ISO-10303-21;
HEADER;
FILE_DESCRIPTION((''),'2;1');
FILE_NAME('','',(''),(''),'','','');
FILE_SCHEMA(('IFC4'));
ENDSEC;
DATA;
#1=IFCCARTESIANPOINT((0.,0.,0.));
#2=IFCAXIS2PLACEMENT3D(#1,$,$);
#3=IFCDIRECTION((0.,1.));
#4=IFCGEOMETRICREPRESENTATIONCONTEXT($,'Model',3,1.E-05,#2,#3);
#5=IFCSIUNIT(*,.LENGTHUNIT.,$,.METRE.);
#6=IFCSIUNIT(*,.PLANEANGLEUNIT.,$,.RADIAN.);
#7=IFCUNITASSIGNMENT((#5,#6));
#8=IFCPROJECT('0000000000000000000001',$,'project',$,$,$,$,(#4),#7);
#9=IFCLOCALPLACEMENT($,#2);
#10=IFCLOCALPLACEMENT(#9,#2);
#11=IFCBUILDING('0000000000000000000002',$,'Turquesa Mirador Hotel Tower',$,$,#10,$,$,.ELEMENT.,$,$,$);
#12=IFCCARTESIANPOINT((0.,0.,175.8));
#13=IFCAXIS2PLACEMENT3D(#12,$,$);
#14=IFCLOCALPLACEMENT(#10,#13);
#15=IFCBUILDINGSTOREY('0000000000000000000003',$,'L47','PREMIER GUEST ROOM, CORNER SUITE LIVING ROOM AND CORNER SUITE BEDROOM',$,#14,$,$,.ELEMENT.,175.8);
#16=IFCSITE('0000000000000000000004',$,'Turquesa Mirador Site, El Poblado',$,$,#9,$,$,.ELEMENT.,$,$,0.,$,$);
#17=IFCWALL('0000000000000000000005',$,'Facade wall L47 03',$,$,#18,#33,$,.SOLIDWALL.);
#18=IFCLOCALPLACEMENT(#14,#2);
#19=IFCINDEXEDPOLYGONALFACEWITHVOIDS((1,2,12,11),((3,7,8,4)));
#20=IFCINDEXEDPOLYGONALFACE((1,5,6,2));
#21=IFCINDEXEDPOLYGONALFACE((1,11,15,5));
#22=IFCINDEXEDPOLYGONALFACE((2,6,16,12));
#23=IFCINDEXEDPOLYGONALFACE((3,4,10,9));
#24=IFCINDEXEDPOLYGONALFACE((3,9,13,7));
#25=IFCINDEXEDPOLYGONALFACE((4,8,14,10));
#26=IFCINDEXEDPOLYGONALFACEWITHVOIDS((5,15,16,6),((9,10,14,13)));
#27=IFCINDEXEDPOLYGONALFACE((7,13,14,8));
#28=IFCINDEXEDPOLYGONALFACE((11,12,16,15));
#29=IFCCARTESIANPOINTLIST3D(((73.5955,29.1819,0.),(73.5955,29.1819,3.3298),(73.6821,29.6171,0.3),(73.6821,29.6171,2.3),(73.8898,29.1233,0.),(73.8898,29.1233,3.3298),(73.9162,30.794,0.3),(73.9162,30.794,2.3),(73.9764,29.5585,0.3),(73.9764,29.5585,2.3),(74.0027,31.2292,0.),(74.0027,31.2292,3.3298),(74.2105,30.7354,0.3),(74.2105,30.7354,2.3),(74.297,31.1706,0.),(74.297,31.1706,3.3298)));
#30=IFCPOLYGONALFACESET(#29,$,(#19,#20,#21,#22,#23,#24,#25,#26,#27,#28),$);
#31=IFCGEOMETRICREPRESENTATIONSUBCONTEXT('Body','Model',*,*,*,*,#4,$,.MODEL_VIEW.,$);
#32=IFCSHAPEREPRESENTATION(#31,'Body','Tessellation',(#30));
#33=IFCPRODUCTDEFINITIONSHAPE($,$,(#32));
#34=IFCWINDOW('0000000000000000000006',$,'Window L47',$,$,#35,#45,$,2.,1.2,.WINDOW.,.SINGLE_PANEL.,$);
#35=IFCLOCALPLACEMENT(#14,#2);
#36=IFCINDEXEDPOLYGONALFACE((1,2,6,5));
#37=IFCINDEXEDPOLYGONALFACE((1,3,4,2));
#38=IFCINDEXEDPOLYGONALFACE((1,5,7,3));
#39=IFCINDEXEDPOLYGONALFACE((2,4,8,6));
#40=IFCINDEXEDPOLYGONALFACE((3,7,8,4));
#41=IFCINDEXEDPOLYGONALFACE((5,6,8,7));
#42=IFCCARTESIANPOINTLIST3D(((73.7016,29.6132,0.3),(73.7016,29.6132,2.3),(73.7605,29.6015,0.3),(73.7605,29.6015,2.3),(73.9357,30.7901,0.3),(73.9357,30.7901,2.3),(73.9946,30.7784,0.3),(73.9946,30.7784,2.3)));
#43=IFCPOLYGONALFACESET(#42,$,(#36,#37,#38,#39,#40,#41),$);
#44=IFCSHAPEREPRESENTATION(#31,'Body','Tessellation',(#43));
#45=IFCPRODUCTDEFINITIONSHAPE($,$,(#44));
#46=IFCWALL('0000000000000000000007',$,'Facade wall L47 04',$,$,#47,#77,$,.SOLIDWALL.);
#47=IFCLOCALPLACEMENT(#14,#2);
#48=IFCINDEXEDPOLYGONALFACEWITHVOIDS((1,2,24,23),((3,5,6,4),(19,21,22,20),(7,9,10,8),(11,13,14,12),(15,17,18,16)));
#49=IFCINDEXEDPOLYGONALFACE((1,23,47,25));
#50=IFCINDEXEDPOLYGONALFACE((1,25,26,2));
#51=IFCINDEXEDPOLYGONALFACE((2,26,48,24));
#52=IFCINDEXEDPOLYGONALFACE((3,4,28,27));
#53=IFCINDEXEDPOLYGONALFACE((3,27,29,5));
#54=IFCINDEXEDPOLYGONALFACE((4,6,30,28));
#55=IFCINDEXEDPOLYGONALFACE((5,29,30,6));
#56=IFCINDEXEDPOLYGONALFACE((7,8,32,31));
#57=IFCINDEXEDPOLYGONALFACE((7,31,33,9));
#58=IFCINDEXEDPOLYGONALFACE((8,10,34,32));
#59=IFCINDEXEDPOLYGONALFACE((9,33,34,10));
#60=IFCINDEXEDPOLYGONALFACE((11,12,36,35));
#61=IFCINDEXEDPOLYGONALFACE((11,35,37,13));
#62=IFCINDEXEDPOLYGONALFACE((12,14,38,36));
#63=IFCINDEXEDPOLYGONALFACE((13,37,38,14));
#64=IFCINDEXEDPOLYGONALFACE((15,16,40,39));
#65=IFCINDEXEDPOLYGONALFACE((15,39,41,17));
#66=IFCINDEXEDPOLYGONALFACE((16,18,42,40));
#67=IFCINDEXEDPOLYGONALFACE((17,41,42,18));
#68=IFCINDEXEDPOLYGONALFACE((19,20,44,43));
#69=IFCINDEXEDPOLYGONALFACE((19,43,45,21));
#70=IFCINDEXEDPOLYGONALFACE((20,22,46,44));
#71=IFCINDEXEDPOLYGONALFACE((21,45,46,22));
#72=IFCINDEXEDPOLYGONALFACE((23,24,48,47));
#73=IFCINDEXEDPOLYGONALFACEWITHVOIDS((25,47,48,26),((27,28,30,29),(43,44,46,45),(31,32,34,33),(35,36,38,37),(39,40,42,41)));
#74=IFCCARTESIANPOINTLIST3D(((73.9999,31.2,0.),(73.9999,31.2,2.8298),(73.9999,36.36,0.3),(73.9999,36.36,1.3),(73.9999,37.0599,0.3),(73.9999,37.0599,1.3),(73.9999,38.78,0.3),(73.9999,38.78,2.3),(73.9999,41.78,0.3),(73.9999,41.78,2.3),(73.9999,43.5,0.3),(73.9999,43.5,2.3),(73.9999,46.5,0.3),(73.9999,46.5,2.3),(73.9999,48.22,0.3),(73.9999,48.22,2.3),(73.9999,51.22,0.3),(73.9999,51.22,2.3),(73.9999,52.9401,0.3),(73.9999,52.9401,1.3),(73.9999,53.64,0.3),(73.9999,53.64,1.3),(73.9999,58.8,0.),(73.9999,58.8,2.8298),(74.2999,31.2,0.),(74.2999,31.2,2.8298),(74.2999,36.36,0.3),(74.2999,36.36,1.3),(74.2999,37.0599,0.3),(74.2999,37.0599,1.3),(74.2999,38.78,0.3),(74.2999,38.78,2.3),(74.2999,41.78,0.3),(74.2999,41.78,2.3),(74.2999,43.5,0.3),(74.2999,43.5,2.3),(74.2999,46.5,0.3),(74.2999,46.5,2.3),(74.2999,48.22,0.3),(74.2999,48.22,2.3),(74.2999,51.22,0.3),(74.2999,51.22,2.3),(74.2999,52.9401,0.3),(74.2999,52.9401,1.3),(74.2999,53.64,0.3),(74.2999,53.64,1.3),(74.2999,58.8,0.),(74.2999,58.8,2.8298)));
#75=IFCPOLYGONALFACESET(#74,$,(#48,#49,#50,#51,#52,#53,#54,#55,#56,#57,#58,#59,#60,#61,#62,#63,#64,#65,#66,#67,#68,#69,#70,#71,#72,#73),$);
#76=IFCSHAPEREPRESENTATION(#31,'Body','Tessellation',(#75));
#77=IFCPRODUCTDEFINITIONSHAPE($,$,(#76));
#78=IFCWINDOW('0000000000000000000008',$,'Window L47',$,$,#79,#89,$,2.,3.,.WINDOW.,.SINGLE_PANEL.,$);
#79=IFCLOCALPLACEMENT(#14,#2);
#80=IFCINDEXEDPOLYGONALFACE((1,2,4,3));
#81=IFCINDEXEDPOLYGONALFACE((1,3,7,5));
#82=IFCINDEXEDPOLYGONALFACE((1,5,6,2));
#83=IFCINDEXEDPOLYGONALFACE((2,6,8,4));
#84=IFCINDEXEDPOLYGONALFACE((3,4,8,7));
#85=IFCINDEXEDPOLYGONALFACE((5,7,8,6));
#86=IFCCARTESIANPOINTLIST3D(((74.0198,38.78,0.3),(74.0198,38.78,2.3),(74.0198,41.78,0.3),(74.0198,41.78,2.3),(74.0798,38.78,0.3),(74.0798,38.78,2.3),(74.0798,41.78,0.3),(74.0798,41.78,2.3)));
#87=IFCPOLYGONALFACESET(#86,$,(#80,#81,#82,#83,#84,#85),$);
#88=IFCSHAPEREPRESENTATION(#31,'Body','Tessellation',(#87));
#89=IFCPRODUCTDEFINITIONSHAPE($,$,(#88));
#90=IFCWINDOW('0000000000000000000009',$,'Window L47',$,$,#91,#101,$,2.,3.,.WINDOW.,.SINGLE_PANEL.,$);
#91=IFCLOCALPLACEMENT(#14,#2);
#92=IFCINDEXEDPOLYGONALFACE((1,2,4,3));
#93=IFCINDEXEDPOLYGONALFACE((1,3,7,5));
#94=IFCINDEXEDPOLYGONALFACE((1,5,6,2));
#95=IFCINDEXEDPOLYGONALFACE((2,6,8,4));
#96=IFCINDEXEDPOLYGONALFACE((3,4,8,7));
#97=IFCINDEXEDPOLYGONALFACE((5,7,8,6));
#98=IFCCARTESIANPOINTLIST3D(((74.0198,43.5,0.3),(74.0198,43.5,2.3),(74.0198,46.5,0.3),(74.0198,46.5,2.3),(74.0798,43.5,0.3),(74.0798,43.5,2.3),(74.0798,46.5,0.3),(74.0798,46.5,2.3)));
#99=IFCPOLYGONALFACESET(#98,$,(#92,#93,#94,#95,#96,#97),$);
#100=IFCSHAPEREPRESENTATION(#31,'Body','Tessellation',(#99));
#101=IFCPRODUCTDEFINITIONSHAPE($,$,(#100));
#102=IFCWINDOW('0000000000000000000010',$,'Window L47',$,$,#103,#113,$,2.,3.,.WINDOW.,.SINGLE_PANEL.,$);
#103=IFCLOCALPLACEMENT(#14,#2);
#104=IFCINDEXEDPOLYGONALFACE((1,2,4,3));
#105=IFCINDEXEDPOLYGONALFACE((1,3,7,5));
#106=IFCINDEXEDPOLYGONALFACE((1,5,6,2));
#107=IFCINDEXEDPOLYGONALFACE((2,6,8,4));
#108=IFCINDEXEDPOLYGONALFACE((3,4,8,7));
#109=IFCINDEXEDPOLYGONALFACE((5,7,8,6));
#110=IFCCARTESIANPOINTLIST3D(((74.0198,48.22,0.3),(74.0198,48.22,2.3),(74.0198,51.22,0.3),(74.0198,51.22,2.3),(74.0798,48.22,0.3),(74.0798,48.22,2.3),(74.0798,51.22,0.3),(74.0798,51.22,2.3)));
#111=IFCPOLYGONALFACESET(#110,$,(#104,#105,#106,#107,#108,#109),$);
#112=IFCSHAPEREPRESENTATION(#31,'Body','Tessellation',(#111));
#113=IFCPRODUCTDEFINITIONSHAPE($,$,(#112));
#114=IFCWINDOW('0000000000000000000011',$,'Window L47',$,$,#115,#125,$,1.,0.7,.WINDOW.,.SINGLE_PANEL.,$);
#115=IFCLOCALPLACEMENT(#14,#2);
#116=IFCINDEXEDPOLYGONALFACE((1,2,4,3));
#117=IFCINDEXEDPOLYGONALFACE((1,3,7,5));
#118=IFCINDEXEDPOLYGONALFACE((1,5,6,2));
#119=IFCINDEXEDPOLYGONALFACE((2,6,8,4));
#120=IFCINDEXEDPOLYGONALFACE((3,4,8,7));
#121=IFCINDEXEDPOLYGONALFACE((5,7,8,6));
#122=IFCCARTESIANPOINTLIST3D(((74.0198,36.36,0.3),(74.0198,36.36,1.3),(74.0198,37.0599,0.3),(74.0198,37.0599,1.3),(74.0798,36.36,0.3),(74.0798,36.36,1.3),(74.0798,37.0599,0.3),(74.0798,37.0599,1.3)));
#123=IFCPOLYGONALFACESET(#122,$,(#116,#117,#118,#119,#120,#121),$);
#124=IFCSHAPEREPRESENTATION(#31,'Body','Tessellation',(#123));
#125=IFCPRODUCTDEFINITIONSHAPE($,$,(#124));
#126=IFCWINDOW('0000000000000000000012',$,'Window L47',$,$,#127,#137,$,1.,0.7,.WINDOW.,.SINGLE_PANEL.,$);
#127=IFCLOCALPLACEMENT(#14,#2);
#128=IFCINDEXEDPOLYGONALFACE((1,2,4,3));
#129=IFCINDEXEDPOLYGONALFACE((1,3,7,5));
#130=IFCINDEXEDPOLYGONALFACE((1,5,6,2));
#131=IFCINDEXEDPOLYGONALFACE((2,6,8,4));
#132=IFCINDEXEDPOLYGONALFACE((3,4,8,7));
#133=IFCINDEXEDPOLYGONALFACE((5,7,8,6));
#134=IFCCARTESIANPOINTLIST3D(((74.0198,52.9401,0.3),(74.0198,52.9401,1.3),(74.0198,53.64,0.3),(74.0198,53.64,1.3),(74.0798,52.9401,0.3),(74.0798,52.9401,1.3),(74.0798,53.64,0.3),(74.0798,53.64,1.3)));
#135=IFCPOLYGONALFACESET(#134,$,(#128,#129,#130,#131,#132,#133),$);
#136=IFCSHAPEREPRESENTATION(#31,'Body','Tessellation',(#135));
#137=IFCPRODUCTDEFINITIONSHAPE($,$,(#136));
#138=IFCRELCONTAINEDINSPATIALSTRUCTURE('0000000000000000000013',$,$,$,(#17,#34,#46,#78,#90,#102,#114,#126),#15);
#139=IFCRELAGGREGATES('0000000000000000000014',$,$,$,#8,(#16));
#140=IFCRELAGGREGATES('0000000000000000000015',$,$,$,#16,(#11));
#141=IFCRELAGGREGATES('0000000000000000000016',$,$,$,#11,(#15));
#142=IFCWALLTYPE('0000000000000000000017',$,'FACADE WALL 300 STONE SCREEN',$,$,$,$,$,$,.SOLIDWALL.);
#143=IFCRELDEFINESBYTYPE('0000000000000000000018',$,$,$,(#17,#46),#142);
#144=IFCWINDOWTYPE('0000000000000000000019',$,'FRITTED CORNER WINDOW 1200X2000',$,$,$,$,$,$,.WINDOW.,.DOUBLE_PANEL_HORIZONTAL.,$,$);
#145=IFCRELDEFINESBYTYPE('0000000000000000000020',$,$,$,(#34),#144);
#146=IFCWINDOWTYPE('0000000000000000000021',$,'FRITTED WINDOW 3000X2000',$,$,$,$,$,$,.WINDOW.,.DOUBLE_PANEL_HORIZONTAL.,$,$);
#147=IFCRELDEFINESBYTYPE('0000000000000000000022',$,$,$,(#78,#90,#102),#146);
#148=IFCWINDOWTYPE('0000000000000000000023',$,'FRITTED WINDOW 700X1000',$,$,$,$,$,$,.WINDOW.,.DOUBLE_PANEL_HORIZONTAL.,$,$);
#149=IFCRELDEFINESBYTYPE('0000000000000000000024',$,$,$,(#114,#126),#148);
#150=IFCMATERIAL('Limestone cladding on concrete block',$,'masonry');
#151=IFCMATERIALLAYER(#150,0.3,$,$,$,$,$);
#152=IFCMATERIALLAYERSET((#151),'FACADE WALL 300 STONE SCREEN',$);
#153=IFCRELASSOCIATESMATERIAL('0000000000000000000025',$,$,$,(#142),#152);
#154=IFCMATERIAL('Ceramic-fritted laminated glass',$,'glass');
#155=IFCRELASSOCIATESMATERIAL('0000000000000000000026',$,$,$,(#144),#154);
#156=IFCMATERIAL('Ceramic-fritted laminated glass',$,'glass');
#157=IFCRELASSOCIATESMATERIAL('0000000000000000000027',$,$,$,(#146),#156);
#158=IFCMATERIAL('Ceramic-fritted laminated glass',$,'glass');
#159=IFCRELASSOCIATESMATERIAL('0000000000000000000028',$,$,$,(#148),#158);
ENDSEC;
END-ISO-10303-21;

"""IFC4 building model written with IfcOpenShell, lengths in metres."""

from ifc_helpers import new_model, si_unit, direction, frame, frame_2d, origin, place, context, subcontext, project, spatial, rectangle, extrude, material, layer, layer_set, type_object, element, fill, save


model = new_model("IFC4")

# Units and contexts
model_context = context("Model", 3, precision=1e-05, world=origin(), true_north=direction((0.0, 1.0)))
body_context = subcontext(model_context, "Body", "Model", "MODEL_VIEW")
ifc_project = project(units=[si_unit("LENGTHUNIT", "METRE"), si_unit("PLANEANGLEUNIT", "RADIAN")], contexts=[model_context])

# Site, building, storey
site_placement = place(None, origin())
site = spatial("IfcSite", under=ifc_project, at=site_placement, Name="Turquesa Mirador Site, El Poblado", CompositionType="ELEMENT", RefElevation=0.0)
building_placement = place(site_placement, origin())
building = spatial("IfcBuilding", under=site, at=building_placement, Name="Turquesa Mirador Hotel Tower", CompositionType="ELEMENT")
storey_placement = place(building_placement, frame((0.0, 0.0, 175.8)))
storey = spatial("IfcBuildingStorey", under=building, at=storey_placement, Name="L47", Description="PREMIER GUEST ROOM, CORNER SUITE LIVING ROOM AND CORNER SUITE BEDROOM", CompositionType="ELEMENT", Elevation=175.8)

# Wall, opening, window
ifc_material_1 = material(Name="Limestone cladding on concrete block", Category="masonry")
ifc_layer_1 = layer(ifc_material_1, 0.3)
ifc_layer_set_1 = layer_set([ifc_layer_1], Name="FACADE WALL 300 STONE SCREEN")
wall_type_1 = type_object("IfcWallType", Name="FACADE WALL 300 STONE SCREEN", PredefinedType="SOLIDWALL", material=ifc_layer_set_1)
ifc_material_2 = material(Name="Ceramic-fritted laminated glass", Category="glass")
window_type_1 = type_object("IfcWindowType", Name="FRITTED CORNER WINDOW 1200X2000", PartitioningType="DOUBLE_PANEL_HORIZONTAL", PredefinedType="WINDOW", material=ifc_material_2)
wall_1_placement = place(storey_placement, frame((73.7427, 29.1526, 0.0), z_axis=(0.0, 0.0, 1.0), x_axis=(0.195081, 0.980787, 0.0)))
wall_1 = element("IfcWall", 1, at=wall_1_placement, inside=storey, type_object=wall_type_1, Name="Facade wall L47 03", PredefinedType="SOLIDWALL", context=body_context, shape_type="SweptSolid", body=[
    extrude(rectangle(XDim=2.0874, YDim=0.3, at=frame_2d((1.0437, 0.0))), origin(), (0.0, 0.0, 1.0), 3.3298),
])
opening_1_placement = place(wall_1_placement, frame((0.4436, 0.0, 0.3)))
opening_1 = element("IfcOpeningElement", 2, at=opening_1_placement, cuts=wall_1, PredefinedType="OPENING", context=body_context, shape_type="SweptSolid", body=[
    extrude(rectangle(XDim=1.2, YDim=2.0, at=frame_2d((0.6001, 1.0))), frame((0.0, 0.1599, 0.0), z_axis=(0.0, -1.0, 0.0), x_axis=(1.0, 0.0, 0.0)), (0.0, 0.0, 1.0), 0.3201),
])
window_1_placement = place(opening_1_placement, origin())
window_1 = element("IfcWindow", 3, at=window_1_placement, inside=storey, type_object=window_type_1, Name="Window L47", OverallHeight=2.0, OverallWidth=1.2, PartitioningType="SINGLE_PANEL", PredefinedType="WINDOW", context=body_context, shape_type="SweptSolid", body=[
    extrude(rectangle(XDim=1.2, YDim=2.0, at=frame_2d((0.6001, 1.0))), frame((0.0, 0.1301, 0.0), z_axis=(0.0, -1.0, 0.0), x_axis=(1.0, 0.0, 0.0)), (0.0, 0.0, 1.0), 0.0601),
])
fill(opening_1, window_1)

# Wall, openings, windows
wall_2_placement = place(storey_placement, frame((74.1499, 31.2, 0.0), z_axis=(0.0, 0.0, 1.0), x_axis=(0.0, 1.0, 0.0)))
wall_2 = element("IfcWall", 4, at=wall_2_placement, inside=storey, type_object=wall_type_1, Name="Facade wall L47 04", PredefinedType="SOLIDWALL", context=body_context, shape_type="SweptSolid", body=[
    extrude(rectangle(XDim=27.6001, YDim=0.3, at=frame_2d((13.8, 0.0))), origin(), (0.0, 0.0, 1.0), 2.8298),
])
opening_2_placement = place(wall_2_placement, frame((5.1599, 0.0, 0.3)))
opening_2 = element("IfcOpeningElement", 5, at=opening_2_placement, cuts=wall_2, PredefinedType="OPENING", context=body_context, shape_type="SweptSolid", body=[
    extrude(rectangle(XDim=0.7, YDim=1.0, at=frame_2d((0.3501, 0.5))), frame((0.0, 0.1599, 0.0), z_axis=(0.0, -1.0, 0.0), x_axis=(1.0, 0.0, 0.0)), (0.0, 0.0, 1.0), 0.3201),
])
opening_3_placement = place(wall_2_placement, frame((7.5801, 0.0, 0.3)))
opening_3 = element("IfcOpeningElement", 6, at=opening_3_placement, cuts=wall_2, PredefinedType="OPENING", context=body_context, shape_type="SweptSolid", body=[
    extrude(rectangle(XDim=3.0, YDim=2.0, at=frame_2d((1.5, 1.0))), frame((0.0, 0.1599, 0.0), z_axis=(0.0, -1.0, 0.0), x_axis=(1.0, 0.0, 0.0)), (0.0, 0.0, 1.0), 0.3201),
])
opening_4_placement = place(wall_2_placement, frame((12.3, 0.0, 0.3)))
opening_4 = element("IfcOpeningElement", 7, at=opening_4_placement, cuts=wall_2, PredefinedType="OPENING", context=body_context, shape_type="SweptSolid", body=[
    extrude(rectangle(XDim=3.0, YDim=2.0, at=frame_2d((1.5, 1.0))), frame((0.0, 0.1599, 0.0), z_axis=(0.0, -1.0, 0.0), x_axis=(1.0, 0.0, 0.0)), (0.0, 0.0, 1.0), 0.3201),
])
opening_5_placement = place(wall_2_placement, frame((17.02, 0.0, 0.3)))
opening_5 = element("IfcOpeningElement", 8, at=opening_5_placement, cuts=wall_2, PredefinedType="OPENING", context=body_context, shape_type="SweptSolid", body=[
    extrude(rectangle(XDim=3.0, YDim=2.0, at=frame_2d((1.5, 1.0))), frame((0.0, 0.1599, 0.0), z_axis=(0.0, -1.0, 0.0), x_axis=(1.0, 0.0, 0.0)), (0.0, 0.0, 1.0), 0.3201),
])
opening_6_placement = place(wall_2_placement, frame((21.74, 0.0, 0.3)))
opening_6 = element("IfcOpeningElement", 9, at=opening_6_placement, cuts=wall_2, PredefinedType="OPENING", context=body_context, shape_type="SweptSolid", body=[
    extrude(rectangle(XDim=0.7, YDim=1.0, at=frame_2d((0.3501, 0.5))), frame((0.0, 0.1599, 0.0), z_axis=(0.0, -1.0, 0.0), x_axis=(1.0, 0.0, 0.0)), (0.0, 0.0, 1.0), 0.3201),
])
ifc_material_3 = material(Name="Ceramic-fritted laminated glass", Category="glass")
window_type_2 = type_object("IfcWindowType", Name="FRITTED WINDOW 3000X2000", PartitioningType="DOUBLE_PANEL_HORIZONTAL", PredefinedType="WINDOW", material=ifc_material_3)
window_2_placement = place(opening_3_placement, origin())
window_2 = element("IfcWindow", 10, at=window_2_placement, inside=storey, type_object=window_type_2, Name="Window L47", OverallHeight=2.0, OverallWidth=3.0, PartitioningType="SINGLE_PANEL", PredefinedType="WINDOW", context=body_context, shape_type="SweptSolid", body=[
    extrude(rectangle(XDim=3.0, YDim=2.0, at=frame_2d((1.5, 1.0))), frame((0.0, 0.1301, 0.0), z_axis=(0.0, -1.0, 0.0), x_axis=(1.0, 0.0, 0.0)), (0.0, 0.0, 1.0), 0.0601),
])
fill(opening_3, window_2)
window_3_placement = place(opening_4_placement, origin())
window_3 = element("IfcWindow", 11, at=window_3_placement, inside=storey, type_object=window_type_2, Name="Window L47", OverallHeight=2.0, OverallWidth=3.0, PartitioningType="SINGLE_PANEL", PredefinedType="WINDOW", context=body_context, shape_type="SweptSolid", body=[
    extrude(rectangle(XDim=3.0, YDim=2.0, at=frame_2d((1.5, 1.0))), frame((0.0, 0.1301, 0.0), z_axis=(0.0, -1.0, 0.0), x_axis=(1.0, 0.0, 0.0)), (0.0, 0.0, 1.0), 0.0601),
])
fill(opening_4, window_3)
window_4_placement = place(opening_5_placement, origin())
window_4 = element("IfcWindow", 12, at=window_4_placement, inside=storey, type_object=window_type_2, Name="Window L47", OverallHeight=2.0, OverallWidth=3.0, PartitioningType="SINGLE_PANEL", PredefinedType="WINDOW", context=body_context, shape_type="SweptSolid", body=[
    extrude(rectangle(XDim=3.0, YDim=2.0, at=frame_2d((1.5, 1.0))), frame((0.0, 0.1301, 0.0), z_axis=(0.0, -1.0, 0.0), x_axis=(1.0, 0.0, 0.0)), (0.0, 0.0, 1.0), 0.0601),
])
fill(opening_5, window_4)
ifc_material_4 = material(Name="Ceramic-fritted laminated glass", Category="glass")
window_type_3 = type_object("IfcWindowType", Name="FRITTED WINDOW 700X1000", PartitioningType="DOUBLE_PANEL_HORIZONTAL", PredefinedType="WINDOW", material=ifc_material_4)
window_5_placement = place(opening_2_placement, origin())
window_5 = element("IfcWindow", 13, at=window_5_placement, inside=storey, type_object=window_type_3, Name="Window L47", OverallHeight=1.0, OverallWidth=0.7, PartitioningType="SINGLE_PANEL", PredefinedType="WINDOW", context=body_context, shape_type="SweptSolid", body=[
    extrude(rectangle(XDim=0.7, YDim=1.0, at=frame_2d((0.3501, 0.5))), frame((0.0, 0.1301, 0.0), z_axis=(0.0, -1.0, 0.0), x_axis=(1.0, 0.0, 0.0)), (0.0, 0.0, 1.0), 0.0601),
])
fill(opening_2, window_5)
window_6_placement = place(opening_6_placement, origin())
window_6 = element("IfcWindow", 14, at=window_6_placement, inside=storey, type_object=window_type_3, Name="Window L47", OverallHeight=1.0, OverallWidth=0.7, PartitioningType="SINGLE_PANEL", PredefinedType="WINDOW", context=body_context, shape_type="SweptSolid", body=[
    extrude(rectangle(XDim=0.7, YDim=1.0, at=frame_2d((0.3501, 0.5))), frame((0.0, 0.1301, 0.0), z_axis=(0.0, -1.0, 0.0), x_axis=(1.0, 0.0, 0.0)), (0.0, 0.0, 1.0), 0.0601),
])
fill(opening_6, window_6)

save(model, "model.ifc")
